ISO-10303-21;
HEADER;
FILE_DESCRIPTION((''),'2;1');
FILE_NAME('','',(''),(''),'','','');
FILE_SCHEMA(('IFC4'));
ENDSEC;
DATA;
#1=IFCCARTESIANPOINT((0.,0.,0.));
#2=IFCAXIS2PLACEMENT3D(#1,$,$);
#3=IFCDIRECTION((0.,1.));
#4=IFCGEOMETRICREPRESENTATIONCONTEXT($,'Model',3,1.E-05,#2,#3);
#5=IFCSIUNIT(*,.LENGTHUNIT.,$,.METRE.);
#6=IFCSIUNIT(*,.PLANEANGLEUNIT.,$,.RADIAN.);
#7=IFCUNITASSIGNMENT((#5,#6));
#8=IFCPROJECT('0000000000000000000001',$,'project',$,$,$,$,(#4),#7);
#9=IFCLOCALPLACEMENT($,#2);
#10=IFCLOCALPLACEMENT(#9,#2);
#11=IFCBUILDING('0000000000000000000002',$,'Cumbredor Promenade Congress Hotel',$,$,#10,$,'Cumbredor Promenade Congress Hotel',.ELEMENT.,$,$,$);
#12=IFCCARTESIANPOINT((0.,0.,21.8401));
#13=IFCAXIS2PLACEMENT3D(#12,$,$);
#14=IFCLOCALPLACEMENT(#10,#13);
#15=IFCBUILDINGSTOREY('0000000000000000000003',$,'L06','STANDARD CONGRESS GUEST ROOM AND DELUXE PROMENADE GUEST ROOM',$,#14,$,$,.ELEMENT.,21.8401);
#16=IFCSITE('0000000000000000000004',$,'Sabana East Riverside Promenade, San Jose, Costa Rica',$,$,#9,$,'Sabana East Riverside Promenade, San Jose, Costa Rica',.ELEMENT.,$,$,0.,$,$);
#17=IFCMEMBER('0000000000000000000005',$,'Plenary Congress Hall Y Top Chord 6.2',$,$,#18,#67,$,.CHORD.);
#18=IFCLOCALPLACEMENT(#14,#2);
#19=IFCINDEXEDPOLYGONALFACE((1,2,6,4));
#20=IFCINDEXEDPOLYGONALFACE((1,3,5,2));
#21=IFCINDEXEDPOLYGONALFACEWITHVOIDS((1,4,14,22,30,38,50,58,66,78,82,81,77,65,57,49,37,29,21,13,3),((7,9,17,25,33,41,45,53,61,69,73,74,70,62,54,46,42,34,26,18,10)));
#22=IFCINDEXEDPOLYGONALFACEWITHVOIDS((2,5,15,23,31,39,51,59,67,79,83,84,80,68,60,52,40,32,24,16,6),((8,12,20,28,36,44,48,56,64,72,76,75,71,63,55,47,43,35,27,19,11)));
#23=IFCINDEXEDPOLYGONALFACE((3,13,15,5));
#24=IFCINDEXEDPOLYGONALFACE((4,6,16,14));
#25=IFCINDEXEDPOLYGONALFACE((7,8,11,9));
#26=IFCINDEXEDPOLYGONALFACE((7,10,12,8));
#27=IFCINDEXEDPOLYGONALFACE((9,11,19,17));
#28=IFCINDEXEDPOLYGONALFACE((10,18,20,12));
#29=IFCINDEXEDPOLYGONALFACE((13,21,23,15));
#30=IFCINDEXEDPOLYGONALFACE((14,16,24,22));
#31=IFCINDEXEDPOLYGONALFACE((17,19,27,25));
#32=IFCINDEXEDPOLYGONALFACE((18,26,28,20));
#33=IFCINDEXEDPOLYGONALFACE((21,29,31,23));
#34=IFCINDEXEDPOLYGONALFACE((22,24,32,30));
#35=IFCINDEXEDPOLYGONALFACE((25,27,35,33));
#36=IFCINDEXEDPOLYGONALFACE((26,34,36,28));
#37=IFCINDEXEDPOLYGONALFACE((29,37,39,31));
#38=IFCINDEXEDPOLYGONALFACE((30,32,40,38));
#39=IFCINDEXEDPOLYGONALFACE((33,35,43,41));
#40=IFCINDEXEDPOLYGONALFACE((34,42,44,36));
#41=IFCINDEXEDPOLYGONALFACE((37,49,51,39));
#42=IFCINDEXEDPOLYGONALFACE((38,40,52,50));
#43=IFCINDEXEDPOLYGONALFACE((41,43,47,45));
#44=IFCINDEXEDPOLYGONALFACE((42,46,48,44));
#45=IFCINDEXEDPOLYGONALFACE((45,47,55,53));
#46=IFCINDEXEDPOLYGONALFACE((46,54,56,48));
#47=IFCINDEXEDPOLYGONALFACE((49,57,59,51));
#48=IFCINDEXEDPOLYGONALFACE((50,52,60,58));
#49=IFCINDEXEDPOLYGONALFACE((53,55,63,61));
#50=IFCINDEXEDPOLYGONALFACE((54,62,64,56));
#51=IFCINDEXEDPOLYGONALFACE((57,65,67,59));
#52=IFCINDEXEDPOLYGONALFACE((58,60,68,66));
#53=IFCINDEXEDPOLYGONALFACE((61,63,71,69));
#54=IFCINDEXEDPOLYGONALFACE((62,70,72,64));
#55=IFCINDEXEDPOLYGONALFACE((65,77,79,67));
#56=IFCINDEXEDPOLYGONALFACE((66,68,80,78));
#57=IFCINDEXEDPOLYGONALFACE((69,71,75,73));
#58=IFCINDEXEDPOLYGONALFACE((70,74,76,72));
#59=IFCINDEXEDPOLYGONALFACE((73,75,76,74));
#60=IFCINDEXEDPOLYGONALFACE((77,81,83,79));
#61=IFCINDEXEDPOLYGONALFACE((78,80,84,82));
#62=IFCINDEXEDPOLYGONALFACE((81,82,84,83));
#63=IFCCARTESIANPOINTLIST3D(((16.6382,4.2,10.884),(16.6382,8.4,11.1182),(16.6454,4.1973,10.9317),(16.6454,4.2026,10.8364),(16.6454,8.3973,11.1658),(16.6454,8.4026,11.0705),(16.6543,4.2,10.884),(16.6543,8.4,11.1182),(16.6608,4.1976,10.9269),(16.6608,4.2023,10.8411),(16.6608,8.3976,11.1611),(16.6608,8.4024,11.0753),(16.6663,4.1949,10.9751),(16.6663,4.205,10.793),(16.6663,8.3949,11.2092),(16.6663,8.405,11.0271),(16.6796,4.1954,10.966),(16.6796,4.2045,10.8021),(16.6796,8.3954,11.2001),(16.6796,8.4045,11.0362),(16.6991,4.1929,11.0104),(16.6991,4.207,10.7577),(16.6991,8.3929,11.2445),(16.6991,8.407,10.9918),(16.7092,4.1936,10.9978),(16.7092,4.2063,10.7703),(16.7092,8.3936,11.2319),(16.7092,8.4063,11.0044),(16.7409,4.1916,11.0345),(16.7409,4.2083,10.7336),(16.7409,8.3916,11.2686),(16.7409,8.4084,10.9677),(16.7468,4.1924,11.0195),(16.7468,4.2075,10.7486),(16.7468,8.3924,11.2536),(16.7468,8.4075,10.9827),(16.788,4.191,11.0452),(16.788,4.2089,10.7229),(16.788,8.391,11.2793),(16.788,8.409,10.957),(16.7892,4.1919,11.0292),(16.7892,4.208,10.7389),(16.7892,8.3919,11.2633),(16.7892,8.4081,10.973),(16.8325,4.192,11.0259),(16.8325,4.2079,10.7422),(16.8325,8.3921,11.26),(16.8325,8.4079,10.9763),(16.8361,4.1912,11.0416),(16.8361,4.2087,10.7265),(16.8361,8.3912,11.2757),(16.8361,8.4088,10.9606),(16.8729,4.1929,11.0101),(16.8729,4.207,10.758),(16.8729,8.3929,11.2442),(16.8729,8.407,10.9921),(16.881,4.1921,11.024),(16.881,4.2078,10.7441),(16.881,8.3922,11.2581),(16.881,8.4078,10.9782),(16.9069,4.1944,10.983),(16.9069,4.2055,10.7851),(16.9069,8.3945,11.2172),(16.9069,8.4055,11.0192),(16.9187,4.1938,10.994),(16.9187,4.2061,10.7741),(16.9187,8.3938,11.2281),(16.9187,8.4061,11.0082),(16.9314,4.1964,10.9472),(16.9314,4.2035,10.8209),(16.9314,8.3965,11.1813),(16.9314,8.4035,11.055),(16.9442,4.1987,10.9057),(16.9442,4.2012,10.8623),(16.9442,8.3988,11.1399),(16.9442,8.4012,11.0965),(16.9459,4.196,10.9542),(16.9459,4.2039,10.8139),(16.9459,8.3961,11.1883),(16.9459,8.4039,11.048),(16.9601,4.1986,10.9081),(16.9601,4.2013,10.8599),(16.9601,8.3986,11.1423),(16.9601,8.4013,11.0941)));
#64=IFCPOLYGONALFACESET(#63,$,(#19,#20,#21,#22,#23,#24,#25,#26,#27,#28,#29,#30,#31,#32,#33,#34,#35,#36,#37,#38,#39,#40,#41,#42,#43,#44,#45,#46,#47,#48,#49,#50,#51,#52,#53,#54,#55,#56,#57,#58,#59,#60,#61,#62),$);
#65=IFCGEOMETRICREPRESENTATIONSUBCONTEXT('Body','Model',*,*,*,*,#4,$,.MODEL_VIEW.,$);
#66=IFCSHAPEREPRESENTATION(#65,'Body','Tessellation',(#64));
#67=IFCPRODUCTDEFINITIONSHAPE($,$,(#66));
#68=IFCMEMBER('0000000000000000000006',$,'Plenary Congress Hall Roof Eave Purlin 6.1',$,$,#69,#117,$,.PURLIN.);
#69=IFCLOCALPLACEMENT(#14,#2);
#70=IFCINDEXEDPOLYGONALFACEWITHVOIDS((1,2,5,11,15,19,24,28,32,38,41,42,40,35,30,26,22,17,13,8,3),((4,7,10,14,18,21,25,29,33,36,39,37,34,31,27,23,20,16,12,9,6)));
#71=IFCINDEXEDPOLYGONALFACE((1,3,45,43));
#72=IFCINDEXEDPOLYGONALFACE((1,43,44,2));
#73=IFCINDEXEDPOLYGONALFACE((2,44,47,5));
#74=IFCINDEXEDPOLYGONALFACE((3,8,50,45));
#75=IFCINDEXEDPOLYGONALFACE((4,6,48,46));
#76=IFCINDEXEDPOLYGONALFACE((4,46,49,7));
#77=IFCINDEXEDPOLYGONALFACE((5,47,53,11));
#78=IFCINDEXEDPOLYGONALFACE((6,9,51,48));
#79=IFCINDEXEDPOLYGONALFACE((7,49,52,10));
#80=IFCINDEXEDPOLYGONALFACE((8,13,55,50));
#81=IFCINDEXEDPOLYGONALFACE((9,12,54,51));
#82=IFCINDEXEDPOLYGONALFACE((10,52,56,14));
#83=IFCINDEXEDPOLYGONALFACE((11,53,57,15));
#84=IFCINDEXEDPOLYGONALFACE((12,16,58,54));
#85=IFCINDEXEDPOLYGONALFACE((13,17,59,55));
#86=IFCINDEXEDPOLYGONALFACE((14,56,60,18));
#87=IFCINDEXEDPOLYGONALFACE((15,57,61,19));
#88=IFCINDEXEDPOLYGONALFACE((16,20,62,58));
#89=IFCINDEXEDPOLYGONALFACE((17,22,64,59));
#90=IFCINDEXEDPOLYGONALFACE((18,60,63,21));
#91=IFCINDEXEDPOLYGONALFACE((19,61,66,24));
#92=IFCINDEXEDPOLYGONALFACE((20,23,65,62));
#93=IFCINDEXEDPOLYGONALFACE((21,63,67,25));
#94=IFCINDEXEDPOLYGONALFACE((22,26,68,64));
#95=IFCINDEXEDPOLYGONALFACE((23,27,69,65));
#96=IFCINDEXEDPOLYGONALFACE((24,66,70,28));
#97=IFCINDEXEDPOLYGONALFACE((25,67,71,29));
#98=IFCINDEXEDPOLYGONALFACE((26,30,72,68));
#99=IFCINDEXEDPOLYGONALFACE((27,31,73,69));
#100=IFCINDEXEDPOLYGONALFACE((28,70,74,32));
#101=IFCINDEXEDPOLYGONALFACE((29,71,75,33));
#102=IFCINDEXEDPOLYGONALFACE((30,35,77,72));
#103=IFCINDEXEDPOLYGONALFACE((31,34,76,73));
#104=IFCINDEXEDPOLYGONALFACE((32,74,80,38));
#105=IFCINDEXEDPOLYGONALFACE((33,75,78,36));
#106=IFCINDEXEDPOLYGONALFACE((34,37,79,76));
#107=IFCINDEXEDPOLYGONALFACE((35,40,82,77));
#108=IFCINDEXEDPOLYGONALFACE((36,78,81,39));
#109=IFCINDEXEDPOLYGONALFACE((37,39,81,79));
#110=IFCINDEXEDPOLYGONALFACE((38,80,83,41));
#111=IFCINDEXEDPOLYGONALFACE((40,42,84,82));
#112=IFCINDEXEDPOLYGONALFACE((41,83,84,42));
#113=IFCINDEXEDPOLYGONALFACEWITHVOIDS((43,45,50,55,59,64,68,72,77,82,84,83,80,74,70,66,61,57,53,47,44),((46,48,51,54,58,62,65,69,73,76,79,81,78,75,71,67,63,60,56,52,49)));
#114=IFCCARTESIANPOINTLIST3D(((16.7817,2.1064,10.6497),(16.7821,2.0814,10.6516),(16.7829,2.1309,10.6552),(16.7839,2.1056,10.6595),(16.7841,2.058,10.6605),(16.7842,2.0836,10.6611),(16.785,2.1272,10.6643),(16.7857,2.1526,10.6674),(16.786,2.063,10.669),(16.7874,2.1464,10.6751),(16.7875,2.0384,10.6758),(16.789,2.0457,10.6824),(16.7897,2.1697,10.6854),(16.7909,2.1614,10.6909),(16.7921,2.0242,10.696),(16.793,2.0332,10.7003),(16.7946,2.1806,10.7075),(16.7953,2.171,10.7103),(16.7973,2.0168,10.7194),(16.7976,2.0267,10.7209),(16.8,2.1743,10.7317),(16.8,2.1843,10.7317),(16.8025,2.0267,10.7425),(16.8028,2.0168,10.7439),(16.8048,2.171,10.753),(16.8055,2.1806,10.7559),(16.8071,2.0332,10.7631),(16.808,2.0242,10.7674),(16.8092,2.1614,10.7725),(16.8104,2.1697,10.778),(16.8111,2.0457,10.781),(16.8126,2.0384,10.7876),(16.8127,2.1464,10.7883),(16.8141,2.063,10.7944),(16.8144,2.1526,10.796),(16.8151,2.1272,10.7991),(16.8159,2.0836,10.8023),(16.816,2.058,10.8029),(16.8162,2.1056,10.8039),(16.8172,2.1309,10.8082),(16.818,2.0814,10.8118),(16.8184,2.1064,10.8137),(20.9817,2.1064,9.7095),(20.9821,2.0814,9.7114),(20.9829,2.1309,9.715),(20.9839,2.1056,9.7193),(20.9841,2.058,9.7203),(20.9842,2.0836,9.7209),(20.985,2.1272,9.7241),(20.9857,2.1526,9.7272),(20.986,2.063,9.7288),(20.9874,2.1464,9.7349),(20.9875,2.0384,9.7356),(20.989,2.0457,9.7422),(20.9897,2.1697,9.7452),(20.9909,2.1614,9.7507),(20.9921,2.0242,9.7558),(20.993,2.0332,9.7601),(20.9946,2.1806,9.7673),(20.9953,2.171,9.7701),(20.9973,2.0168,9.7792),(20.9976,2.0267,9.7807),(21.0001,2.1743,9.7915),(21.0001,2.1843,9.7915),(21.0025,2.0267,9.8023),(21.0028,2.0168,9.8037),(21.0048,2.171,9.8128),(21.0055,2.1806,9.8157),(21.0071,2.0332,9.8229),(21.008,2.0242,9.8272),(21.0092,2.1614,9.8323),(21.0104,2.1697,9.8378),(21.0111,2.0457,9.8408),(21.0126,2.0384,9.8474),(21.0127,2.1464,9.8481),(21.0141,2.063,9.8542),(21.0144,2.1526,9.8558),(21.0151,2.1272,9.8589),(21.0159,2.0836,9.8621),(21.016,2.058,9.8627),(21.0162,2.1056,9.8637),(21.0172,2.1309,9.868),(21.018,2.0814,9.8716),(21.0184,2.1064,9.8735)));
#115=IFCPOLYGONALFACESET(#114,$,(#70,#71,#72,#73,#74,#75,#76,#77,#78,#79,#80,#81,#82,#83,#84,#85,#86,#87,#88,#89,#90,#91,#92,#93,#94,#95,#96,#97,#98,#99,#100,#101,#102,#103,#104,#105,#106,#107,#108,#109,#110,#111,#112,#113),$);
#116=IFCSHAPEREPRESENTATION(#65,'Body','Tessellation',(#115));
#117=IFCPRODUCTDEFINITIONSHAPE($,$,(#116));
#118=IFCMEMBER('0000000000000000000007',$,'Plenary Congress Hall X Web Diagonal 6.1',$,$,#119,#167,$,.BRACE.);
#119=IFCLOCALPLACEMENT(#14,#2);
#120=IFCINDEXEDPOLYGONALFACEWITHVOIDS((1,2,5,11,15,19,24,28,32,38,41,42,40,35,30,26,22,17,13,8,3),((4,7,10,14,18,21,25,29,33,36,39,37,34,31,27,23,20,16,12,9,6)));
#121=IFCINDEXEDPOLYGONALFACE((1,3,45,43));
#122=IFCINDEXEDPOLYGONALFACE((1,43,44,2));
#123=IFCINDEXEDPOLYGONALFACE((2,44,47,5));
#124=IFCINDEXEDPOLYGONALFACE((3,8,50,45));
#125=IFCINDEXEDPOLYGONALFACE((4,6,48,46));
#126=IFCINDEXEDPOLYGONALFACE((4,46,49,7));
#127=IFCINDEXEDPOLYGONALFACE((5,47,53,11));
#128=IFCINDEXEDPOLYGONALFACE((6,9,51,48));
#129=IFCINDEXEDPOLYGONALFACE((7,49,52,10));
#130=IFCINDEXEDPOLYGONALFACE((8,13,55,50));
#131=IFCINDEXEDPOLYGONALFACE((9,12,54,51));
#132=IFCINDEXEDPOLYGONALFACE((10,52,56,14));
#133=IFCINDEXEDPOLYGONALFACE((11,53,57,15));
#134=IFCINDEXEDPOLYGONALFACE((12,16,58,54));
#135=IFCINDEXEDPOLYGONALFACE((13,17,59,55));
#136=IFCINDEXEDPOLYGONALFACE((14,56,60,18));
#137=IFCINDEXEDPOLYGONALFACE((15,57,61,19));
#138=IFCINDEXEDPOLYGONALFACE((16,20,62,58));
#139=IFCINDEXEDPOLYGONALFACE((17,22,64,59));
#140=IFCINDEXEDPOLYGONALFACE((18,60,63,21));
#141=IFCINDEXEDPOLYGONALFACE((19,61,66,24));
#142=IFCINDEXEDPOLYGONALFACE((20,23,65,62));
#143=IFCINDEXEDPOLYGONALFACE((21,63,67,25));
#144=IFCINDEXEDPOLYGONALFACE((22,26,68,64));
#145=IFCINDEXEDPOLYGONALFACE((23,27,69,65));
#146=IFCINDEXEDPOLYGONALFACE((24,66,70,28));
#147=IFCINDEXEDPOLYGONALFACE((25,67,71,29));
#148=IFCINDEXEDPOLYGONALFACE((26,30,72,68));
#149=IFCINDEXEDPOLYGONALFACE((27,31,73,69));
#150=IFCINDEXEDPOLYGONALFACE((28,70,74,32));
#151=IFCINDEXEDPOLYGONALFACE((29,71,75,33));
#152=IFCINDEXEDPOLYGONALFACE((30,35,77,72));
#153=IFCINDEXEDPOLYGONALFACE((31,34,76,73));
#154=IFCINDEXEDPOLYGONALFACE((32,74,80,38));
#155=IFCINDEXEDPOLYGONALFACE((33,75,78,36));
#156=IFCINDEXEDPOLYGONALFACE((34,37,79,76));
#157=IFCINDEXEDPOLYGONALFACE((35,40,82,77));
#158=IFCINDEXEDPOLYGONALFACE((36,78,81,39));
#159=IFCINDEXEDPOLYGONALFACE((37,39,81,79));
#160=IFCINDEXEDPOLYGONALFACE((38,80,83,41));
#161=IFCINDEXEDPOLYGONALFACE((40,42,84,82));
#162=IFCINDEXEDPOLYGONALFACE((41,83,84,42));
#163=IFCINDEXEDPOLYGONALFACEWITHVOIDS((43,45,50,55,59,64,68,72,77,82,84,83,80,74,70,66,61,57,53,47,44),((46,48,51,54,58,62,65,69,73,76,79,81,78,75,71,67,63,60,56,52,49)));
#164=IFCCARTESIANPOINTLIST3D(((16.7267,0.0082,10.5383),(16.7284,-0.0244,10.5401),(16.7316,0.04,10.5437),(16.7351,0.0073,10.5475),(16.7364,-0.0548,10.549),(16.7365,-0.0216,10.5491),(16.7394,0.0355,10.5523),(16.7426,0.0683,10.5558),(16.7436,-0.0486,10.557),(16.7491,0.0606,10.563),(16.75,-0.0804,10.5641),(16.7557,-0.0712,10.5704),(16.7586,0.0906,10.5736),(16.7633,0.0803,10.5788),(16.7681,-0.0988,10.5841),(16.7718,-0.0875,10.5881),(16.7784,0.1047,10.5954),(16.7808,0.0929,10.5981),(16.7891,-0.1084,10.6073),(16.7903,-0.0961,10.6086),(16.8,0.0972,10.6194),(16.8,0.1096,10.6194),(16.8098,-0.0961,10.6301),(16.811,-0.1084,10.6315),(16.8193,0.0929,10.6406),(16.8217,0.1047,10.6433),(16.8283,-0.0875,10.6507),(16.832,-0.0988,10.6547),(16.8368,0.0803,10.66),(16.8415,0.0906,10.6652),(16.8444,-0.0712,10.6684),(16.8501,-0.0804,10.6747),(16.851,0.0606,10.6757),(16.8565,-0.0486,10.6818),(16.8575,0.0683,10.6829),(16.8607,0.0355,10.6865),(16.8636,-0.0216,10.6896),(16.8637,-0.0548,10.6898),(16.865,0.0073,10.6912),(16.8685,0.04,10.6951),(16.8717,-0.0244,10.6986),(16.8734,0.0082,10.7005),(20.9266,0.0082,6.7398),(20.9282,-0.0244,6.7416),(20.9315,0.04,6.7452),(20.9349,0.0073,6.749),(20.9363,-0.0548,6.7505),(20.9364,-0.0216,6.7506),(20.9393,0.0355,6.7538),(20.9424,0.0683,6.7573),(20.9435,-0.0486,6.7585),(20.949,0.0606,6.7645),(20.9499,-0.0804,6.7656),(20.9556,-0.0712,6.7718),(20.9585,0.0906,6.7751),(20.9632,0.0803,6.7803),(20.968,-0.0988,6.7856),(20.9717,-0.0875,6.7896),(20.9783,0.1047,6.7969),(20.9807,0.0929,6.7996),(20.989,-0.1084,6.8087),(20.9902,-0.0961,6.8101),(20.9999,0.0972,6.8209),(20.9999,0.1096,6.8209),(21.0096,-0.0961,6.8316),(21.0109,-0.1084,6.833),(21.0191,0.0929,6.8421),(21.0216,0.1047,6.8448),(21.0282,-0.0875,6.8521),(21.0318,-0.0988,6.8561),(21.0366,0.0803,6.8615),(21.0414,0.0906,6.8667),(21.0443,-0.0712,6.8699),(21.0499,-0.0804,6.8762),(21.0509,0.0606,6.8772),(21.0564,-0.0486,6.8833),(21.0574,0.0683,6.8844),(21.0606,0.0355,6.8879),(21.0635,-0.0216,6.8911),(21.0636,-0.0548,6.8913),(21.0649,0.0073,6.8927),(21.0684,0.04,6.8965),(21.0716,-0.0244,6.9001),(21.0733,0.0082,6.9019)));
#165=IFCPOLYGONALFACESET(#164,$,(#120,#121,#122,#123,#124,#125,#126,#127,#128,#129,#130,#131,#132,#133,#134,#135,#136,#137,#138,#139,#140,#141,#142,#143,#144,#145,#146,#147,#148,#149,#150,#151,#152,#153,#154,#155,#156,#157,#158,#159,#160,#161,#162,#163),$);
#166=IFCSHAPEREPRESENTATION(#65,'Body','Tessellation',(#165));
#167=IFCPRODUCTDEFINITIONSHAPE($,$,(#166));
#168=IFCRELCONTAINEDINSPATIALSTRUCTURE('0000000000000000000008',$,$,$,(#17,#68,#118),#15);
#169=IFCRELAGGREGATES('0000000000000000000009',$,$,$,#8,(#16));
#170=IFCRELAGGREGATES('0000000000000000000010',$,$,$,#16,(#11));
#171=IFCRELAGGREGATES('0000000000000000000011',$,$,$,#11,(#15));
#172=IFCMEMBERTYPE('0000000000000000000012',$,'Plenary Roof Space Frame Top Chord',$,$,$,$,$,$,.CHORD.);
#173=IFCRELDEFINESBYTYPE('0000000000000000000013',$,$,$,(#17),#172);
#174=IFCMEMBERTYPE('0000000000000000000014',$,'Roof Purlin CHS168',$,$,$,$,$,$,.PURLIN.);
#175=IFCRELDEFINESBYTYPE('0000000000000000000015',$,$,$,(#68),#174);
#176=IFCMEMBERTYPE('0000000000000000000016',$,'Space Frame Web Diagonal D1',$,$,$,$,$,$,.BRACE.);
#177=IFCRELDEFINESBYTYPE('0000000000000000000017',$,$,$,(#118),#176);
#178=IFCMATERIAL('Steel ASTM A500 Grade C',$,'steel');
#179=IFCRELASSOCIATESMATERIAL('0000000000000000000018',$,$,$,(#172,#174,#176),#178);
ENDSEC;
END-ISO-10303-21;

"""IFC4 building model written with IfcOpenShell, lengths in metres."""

from ifc_helpers import new_model, si_unit, direction, frame, origin, origin_2d, place, context, subcontext, project, spatial, hollow_circle, extrude, material, material_profile, profile_set, type_object, element, save


model = new_model("IFC4")

# Units and contexts
model_context = context("Model", 3, precision=1e-05, world=origin(), true_north=direction((0.0, 1.0)))
body_context = subcontext(model_context, "Body", "Model", "MODEL_VIEW")
ifc_project = project(units=[si_unit("LENGTHUNIT", "METRE"), si_unit("PLANEANGLEUNIT", "RADIAN")], contexts=[model_context])

# Site, building, storey
site_placement = place(None, origin())
site = spatial("IfcSite", under=ifc_project, at=site_placement, Name="Sabana East Riverside Promenade, San Jose, Costa Rica", LongName="Sabana East Riverside Promenade, San Jose, Costa Rica", CompositionType="ELEMENT", RefElevation=0.0)
building_placement = place(site_placement, origin())
building = spatial("IfcBuilding", under=site, at=building_placement, Name="Cumbredor Promenade Congress Hotel", LongName="Cumbredor Promenade Congress Hotel", CompositionType="ELEMENT")
storey_placement = place(building_placement, frame((0.0, 0.0, 21.8401)))
storey = spatial("IfcBuildingStorey", under=building, at=storey_placement, Name="L06", Description="STANDARD CONGRESS GUEST ROOM AND DELUXE PROMENADE GUEST ROOM", CompositionType="ELEMENT", Elevation=21.8401)

# Members
ifc_material_1 = material(Name="Steel ASTM A500 Grade C", Category="steel")
ifc_material_profile_1 = material_profile(ifc_material_1, hollow_circle(Radius=0.1619, WallThickness=0.0161, at=origin_2d()), Name="CHS 323.9x16")
ifc_profile_set_1 = profile_set([ifc_material_profile_1], Name="Steel ASTM A500 Grade C")
member_type_1 = type_object("IfcMemberType", Name="Plenary Roof Space Frame Top Chord", PredefinedType="CHORD", material=ifc_profile_set_1)
member_1_placement = place(storey_placement, frame((16.8, 4.2, 10.884), z_axis=(0.0, 0.99845, 0.05566), x_axis=(-1.0, 0.0, 0.0)))
element("IfcMember", 1, at=member_1_placement, inside=storey, type_object=member_type_1, Name="Plenary Congress Hall Y Top Chord 6.2", PredefinedType="CHORD", context=body_context, shape_type="SweptSolid", body=[
    extrude(hollow_circle(Radius=0.1619, WallThickness=0.0161, at=origin_2d()), origin(), (0.0, 0.0, 1.0), 4.2065),
])
ifc_material_profile_2 = material_profile(ifc_material_1, hollow_circle(Radius=0.0842, WallThickness=0.01, at=origin_2d()), Name="CHS 168.3x10")
ifc_profile_set_2 = profile_set([ifc_material_profile_2], Name="Steel ASTM A500 Grade C")
member_type_2 = type_object("IfcMemberType", Name="Roof Purlin CHS168", PredefinedType="PURLIN", material=ifc_profile_set_2)
member_2_placement = place(storey_placement, frame((16.8, 2.1001, 10.7317), z_axis=(0.975848, 0.0, -0.21845), x_axis=(0.0, 1.0, 0.0)))
element("IfcMember", 2, at=member_2_placement, inside=storey, type_object=member_type_2, Name="Plenary Congress Hall Roof Eave Purlin 6.1", PredefinedType="PURLIN", context=body_context, shape_type="SweptSolid", body=[
    extrude(hollow_circle(Radius=0.0842, WallThickness=0.01, at=origin_2d()), origin(), (0.0, 0.0, 1.0), 4.304),
])
ifc_material_profile_3 = material_profile(ifc_material_1, hollow_circle(Radius=0.1096, WallThickness=0.0125, at=origin_2d()), Name="CHS 219.1x12.5")
ifc_profile_set_3 = profile_set([ifc_material_profile_3], Name="Steel ASTM A500 Grade C")
member_type_3 = type_object("IfcMemberType", Name="Space Frame Web Diagonal D1", PredefinedType="BRACE", material=ifc_profile_set_3)
member_3_placement = place(storey_placement, frame((16.8, 0.0, 10.6194), z_axis=(0.741656, 0.0, -0.67078), x_axis=(0.0, 1.0, 0.0)))
element("IfcMember", 3, at=member_3_placement, inside=storey, type_object=member_type_3, Name="Plenary Congress Hall X Web Diagonal 6.1", PredefinedType="BRACE", context=body_context, shape_type="SweptSolid", body=[
    extrude(hollow_circle(Radius=0.1096, WallThickness=0.0125, at=origin_2d()), origin(), (0.0, 0.0, 1.0), 5.6628),
])

save(model, "model.ifc")
